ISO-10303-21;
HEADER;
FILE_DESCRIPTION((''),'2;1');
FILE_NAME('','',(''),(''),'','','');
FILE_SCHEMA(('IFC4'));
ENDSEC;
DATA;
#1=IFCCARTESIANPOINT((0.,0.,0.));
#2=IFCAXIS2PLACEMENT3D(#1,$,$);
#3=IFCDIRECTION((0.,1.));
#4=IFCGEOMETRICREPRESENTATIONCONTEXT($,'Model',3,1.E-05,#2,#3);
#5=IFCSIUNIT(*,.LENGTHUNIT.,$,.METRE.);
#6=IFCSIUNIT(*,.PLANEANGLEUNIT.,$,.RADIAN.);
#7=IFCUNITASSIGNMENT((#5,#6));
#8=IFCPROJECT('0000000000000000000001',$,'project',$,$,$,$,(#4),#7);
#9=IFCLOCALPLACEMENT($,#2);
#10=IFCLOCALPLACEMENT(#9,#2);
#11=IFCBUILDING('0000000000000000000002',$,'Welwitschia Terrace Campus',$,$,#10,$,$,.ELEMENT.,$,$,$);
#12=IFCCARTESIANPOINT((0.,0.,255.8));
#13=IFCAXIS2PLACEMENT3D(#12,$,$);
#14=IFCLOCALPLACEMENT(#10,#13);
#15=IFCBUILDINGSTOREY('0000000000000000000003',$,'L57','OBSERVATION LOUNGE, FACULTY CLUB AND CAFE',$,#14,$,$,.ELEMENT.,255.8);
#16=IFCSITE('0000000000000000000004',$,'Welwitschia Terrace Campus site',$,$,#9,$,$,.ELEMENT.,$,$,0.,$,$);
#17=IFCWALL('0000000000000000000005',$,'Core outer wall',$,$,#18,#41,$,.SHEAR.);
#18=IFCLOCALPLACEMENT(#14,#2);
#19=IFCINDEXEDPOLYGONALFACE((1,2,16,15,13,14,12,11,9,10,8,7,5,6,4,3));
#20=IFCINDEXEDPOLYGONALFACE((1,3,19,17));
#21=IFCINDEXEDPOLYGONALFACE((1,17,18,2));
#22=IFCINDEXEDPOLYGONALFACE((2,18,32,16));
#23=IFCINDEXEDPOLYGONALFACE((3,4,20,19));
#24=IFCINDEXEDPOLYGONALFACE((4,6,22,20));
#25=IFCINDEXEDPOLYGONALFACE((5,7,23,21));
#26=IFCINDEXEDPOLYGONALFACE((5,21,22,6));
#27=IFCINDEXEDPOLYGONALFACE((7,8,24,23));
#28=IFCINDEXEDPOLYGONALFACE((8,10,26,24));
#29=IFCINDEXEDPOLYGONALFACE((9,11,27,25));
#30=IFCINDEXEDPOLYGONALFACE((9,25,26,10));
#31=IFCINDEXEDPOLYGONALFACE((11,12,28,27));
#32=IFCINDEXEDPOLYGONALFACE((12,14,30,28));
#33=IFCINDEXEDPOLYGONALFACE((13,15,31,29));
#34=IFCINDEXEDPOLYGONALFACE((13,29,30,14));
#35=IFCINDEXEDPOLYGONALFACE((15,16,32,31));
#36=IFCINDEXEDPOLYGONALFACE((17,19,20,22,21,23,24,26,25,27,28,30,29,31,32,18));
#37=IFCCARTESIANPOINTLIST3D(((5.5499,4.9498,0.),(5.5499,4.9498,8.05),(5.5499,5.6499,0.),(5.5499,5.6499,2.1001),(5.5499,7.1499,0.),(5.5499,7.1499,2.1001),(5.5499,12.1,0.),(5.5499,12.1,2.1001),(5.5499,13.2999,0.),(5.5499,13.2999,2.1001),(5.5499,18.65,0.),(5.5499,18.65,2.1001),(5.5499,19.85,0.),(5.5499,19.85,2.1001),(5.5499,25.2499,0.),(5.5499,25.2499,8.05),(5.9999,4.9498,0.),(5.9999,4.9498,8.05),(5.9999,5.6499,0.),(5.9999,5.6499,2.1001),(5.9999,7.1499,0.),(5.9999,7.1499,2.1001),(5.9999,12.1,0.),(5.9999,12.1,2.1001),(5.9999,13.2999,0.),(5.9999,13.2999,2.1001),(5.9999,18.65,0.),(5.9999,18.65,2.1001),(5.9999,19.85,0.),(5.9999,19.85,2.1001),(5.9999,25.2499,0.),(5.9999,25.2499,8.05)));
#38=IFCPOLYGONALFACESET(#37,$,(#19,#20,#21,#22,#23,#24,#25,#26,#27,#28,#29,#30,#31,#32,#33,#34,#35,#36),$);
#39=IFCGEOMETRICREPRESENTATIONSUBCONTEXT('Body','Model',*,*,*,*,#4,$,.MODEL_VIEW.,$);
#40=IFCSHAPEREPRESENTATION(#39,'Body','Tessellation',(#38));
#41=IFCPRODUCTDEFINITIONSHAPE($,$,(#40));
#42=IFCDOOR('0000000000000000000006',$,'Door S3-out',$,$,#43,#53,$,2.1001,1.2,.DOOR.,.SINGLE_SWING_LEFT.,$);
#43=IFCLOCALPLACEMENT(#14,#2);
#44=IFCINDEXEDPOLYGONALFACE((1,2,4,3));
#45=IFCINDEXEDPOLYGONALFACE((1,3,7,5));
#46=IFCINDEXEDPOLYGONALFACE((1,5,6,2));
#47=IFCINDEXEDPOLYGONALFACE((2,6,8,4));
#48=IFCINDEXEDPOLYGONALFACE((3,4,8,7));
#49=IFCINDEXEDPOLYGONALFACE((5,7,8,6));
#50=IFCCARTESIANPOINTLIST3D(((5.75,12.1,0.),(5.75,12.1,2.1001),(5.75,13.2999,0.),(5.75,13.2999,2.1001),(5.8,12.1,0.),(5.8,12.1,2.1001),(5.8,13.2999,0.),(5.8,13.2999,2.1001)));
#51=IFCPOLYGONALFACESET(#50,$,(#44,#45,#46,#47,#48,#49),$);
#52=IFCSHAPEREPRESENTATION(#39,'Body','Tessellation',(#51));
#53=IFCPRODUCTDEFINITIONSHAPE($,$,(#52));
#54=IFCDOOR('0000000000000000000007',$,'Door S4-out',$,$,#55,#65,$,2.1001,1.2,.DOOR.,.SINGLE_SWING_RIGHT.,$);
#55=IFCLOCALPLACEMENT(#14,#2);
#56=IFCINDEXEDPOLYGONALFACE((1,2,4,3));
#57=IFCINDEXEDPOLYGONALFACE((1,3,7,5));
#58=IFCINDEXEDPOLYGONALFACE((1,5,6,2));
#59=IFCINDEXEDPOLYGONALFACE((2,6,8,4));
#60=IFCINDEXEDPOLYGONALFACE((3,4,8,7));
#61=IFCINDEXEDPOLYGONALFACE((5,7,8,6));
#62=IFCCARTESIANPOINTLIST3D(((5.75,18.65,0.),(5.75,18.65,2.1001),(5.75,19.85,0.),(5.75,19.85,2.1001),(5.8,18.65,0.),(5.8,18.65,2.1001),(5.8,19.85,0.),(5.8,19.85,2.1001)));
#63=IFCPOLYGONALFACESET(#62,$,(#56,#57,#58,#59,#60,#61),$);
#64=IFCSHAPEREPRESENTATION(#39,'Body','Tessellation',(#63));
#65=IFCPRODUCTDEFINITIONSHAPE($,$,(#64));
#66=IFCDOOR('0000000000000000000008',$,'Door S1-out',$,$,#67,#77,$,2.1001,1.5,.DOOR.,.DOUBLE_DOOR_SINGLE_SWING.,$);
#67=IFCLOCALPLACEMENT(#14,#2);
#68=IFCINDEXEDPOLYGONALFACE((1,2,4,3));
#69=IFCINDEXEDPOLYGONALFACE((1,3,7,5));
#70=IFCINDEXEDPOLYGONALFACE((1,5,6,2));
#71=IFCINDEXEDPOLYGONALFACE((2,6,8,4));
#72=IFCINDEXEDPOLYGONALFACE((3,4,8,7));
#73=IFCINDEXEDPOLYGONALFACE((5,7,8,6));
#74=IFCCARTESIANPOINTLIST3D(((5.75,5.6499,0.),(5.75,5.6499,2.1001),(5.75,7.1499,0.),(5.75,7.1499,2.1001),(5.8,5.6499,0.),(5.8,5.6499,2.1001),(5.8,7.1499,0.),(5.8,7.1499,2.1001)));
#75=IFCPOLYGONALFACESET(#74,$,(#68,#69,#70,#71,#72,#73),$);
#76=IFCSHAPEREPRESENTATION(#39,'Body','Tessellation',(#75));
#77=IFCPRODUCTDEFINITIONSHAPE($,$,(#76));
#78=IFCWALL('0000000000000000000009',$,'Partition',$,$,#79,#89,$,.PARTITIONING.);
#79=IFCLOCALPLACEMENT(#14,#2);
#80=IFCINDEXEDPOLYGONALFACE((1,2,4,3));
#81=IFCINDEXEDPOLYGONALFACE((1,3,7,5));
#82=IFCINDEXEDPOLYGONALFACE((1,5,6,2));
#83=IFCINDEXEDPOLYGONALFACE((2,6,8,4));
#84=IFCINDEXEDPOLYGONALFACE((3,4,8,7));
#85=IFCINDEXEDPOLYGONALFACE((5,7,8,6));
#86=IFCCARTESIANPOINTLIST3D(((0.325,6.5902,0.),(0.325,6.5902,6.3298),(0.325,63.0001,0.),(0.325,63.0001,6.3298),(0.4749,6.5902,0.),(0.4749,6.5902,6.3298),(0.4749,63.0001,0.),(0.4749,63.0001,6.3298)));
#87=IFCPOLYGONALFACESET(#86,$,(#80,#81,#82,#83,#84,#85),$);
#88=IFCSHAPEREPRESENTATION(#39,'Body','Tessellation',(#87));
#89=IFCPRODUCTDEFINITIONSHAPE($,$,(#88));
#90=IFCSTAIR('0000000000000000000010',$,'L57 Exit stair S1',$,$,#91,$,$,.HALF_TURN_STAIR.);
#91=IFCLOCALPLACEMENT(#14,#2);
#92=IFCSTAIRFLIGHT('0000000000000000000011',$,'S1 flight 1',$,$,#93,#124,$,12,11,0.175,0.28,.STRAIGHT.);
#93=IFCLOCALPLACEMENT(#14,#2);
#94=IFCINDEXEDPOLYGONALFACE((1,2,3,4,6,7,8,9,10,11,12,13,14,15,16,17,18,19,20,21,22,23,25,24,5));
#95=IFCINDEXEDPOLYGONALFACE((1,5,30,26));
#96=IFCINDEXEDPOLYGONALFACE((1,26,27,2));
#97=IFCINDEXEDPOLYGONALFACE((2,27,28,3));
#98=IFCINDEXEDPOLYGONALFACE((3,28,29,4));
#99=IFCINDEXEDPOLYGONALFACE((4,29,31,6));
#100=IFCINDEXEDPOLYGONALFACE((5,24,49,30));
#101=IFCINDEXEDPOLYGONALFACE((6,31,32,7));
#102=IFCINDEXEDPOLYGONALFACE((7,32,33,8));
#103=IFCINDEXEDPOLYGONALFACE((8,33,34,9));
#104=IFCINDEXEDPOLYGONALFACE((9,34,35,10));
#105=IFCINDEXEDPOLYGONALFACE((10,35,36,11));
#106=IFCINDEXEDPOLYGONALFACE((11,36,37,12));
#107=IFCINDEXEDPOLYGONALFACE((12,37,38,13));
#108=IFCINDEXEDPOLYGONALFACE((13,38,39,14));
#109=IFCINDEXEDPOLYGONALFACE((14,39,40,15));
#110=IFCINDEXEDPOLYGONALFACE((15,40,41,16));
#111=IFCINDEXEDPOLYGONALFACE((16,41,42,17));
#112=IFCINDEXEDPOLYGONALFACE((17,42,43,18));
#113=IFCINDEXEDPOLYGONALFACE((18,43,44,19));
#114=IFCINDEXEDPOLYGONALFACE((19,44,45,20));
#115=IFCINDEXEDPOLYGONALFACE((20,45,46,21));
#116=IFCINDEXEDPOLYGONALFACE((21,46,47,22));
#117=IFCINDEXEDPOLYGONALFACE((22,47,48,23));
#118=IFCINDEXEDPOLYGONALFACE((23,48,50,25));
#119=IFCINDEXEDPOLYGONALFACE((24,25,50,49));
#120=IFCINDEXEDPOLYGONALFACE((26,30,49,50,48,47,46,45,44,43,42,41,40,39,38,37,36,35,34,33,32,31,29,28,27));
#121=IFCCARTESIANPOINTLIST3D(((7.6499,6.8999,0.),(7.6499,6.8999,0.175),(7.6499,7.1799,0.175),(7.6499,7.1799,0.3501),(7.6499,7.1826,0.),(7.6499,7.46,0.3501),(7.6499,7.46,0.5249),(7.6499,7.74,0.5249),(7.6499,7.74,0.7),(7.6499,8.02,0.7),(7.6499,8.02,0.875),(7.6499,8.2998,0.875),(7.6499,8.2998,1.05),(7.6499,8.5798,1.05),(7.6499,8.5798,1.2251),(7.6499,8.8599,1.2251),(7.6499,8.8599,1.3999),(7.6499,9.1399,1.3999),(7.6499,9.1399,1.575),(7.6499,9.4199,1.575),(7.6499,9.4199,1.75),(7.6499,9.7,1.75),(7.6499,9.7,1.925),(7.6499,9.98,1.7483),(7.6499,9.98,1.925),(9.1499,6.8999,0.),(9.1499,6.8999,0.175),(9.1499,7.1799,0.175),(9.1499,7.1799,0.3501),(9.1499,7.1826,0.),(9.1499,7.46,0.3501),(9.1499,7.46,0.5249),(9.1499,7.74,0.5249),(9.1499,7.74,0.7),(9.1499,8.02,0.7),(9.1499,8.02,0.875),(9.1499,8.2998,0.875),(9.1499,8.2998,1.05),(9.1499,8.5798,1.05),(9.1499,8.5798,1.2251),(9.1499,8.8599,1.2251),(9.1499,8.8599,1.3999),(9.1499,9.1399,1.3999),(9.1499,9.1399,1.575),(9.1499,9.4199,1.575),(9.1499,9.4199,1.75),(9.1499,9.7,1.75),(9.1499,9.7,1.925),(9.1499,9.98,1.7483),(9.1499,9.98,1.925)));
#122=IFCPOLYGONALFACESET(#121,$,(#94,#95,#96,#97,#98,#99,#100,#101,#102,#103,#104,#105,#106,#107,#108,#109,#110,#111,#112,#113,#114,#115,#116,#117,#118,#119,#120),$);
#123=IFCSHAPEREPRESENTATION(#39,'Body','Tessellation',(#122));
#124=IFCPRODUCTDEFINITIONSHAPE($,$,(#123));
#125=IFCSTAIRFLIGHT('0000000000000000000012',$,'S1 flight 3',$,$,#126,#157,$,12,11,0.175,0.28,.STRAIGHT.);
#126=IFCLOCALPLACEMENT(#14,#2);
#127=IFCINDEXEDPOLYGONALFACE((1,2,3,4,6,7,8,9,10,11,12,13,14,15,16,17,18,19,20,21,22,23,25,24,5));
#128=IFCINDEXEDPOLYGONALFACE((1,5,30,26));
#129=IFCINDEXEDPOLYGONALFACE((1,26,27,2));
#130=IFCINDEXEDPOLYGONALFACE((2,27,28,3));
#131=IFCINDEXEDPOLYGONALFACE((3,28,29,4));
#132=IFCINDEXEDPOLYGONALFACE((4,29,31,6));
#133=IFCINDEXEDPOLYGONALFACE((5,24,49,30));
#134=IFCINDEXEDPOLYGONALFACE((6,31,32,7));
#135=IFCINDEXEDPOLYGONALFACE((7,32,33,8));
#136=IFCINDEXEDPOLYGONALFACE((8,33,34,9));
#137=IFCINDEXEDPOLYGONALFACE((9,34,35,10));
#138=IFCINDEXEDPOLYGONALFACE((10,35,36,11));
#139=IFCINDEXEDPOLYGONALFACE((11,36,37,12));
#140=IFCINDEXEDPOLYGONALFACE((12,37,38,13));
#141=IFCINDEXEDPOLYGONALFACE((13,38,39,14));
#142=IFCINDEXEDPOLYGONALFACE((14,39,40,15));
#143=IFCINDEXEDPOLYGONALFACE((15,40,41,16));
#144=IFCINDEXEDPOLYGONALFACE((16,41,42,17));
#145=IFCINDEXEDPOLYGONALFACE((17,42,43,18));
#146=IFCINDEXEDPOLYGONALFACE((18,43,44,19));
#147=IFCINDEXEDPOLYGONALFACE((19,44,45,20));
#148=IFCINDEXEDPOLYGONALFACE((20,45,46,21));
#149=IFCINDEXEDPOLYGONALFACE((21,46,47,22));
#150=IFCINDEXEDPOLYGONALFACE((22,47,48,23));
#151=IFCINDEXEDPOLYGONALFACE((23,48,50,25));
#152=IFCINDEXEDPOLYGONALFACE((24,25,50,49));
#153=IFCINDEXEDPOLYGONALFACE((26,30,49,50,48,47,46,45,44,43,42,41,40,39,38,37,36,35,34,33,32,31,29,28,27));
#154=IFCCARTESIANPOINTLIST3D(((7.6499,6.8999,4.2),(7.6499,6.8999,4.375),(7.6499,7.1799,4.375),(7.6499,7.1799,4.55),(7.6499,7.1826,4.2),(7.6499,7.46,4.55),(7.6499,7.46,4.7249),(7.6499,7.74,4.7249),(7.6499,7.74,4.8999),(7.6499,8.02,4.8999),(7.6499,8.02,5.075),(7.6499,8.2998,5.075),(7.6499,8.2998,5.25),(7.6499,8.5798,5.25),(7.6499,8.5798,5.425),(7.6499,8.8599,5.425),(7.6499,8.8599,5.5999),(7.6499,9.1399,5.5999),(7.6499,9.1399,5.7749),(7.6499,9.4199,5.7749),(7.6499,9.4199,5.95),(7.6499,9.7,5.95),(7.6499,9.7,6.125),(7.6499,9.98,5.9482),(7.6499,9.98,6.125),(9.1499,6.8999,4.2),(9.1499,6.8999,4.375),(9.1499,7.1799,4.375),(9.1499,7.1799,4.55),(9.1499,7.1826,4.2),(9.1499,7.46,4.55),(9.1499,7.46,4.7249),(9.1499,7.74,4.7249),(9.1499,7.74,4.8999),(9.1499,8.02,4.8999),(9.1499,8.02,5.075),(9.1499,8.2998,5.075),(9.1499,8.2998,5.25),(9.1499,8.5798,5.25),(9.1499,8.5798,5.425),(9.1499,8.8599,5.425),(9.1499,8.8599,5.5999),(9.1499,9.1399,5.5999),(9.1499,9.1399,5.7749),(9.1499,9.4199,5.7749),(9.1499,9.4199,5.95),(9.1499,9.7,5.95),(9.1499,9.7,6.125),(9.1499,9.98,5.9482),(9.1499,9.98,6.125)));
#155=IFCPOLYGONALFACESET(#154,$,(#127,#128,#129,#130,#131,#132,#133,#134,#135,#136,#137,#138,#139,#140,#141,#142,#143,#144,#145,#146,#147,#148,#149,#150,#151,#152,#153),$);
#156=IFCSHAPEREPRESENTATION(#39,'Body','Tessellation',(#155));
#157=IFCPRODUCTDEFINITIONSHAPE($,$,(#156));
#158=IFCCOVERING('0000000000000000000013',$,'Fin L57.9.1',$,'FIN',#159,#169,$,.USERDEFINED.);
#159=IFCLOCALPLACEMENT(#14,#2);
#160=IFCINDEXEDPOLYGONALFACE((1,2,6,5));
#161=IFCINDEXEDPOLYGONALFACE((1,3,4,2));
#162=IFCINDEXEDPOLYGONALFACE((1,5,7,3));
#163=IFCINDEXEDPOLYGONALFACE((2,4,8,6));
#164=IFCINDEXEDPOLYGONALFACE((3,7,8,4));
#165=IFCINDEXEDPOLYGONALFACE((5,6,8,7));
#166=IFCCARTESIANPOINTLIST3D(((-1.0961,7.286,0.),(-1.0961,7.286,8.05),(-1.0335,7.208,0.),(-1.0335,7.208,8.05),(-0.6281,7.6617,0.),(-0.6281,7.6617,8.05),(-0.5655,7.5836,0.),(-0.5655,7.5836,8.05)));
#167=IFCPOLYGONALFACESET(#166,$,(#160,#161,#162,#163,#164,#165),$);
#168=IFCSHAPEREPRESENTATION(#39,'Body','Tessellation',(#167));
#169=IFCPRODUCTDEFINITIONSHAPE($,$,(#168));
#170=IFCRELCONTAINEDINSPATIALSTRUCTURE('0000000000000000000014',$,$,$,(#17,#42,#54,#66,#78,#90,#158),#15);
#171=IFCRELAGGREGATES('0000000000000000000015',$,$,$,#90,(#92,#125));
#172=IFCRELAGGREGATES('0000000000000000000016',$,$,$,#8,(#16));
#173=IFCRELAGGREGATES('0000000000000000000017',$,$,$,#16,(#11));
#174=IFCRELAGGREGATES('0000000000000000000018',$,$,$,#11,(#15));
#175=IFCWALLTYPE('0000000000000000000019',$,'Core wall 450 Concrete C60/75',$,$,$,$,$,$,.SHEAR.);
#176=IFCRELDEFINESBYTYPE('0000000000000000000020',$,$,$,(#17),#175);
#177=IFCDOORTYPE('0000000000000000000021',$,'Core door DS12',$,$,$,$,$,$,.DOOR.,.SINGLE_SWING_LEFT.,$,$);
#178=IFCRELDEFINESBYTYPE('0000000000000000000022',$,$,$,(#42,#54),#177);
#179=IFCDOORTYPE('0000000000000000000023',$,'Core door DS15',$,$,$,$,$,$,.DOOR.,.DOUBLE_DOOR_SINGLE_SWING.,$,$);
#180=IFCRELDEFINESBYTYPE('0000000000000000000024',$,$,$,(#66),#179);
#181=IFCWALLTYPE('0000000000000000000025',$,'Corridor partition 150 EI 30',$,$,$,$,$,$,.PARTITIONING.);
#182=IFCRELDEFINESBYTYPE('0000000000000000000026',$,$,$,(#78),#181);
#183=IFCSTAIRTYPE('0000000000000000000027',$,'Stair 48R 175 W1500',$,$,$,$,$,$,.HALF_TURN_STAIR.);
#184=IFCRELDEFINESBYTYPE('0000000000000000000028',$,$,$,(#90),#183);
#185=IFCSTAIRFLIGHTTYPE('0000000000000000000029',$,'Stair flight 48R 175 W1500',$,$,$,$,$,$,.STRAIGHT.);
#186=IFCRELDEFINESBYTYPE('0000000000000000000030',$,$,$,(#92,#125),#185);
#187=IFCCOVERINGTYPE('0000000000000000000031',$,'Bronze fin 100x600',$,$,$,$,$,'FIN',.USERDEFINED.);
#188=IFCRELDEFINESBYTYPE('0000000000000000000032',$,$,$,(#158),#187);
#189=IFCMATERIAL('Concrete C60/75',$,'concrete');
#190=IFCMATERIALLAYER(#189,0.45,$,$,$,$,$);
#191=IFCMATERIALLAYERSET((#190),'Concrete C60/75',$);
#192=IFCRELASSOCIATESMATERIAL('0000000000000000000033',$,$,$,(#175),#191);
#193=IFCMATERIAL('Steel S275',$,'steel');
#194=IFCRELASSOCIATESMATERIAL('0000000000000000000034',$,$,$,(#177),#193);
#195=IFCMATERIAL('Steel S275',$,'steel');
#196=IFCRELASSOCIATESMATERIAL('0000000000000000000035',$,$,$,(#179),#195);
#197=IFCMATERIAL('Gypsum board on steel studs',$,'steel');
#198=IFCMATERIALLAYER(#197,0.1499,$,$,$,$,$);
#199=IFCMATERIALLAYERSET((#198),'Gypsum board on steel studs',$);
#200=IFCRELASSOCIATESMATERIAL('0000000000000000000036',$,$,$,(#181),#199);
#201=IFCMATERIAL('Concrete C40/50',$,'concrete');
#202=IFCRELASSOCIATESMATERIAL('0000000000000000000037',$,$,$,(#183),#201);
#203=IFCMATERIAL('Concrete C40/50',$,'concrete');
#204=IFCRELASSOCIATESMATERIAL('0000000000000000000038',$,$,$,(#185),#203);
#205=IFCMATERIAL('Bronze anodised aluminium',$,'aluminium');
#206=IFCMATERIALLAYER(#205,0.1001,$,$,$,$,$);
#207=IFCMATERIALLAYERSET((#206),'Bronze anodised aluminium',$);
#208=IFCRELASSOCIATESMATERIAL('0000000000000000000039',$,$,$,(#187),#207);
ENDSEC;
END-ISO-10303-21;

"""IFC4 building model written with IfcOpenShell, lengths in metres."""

from ifc_helpers import new_model, si_unit, direction, frame, frame_2d, origin, origin_2d, place, context, subcontext, project, spatial, polyline, rectangle, outline, extrude, material, layer, layer_set, type_object, element, fill, aggregate, save


model = new_model("IFC4")

# Units and contexts
model_context = context("Model", 3, precision=1e-05, world=origin(), true_north=direction((0.0, 1.0)))
body_context = subcontext(model_context, "Body", "Model", "MODEL_VIEW")
ifc_project = project(units=[si_unit("LENGTHUNIT", "METRE"), si_unit("PLANEANGLEUNIT", "RADIAN")], contexts=[model_context])

# Site, building, storey
site_placement = place(None, origin())
site = spatial("IfcSite", under=ifc_project, at=site_placement, Name="Welwitschia Terrace Campus site", CompositionType="ELEMENT", RefElevation=0.0)
building_placement = place(site_placement, origin())
building = spatial("IfcBuilding", under=site, at=building_placement, Name="Welwitschia Terrace Campus", CompositionType="ELEMENT")
storey_placement = place(building_placement, frame((0.0, 0.0, 255.8)))
storey = spatial("IfcBuildingStorey", under=building, at=storey_placement, Name="L57", Description="OBSERVATION LOUNGE, FACULTY CLUB AND CAFE", CompositionType="ELEMENT", Elevation=255.8)

# Wall, openings, doors
ifc_material_1 = material(Name="Concrete C60/75", Category="concrete")
ifc_layer_1 = layer(ifc_material_1, 0.45)
ifc_layer_set_1 = layer_set([ifc_layer_1], Name="Concrete C60/75")
wall_type_1 = type_object("IfcWallType", Name="Core wall 450 Concrete C60/75", PredefinedType="SHEAR", material=ifc_layer_set_1)
wall_1_placement = place(storey_placement, frame((5.7749, 4.95, 0.0), z_axis=(0.0, 0.0, 1.0), x_axis=(0.0, 1.0, 0.0)))
wall_1 = element("IfcWall", 1, at=wall_1_placement, inside=storey, type_object=wall_type_1, Name="Core outer wall", PredefinedType="SHEAR", context=body_context, shape_type="SweptSolid", body=[
    extrude(rectangle(XDim=20.3, YDim=0.45, at=frame_2d((10.1499, 0.0))), origin(), (0.0, 0.0, 1.0), 8.05),
])
opening_1_placement = place(wall_1_placement, frame((0.7, 0.0, 0.0)))
opening_1 = element("IfcOpeningElement", 2, at=opening_1_placement, cuts=wall_1, PredefinedType="OPENING", context=body_context, shape_type="SweptSolid", body=[
    extrude(rectangle(XDim=1.5, YDim=2.1001, at=frame_2d((0.75, 1.05))), frame((0.0, 0.2349, 0.0), z_axis=(0.0, -1.0, 0.0), x_axis=(1.0, 0.0, 0.0)), (0.0, 0.0, 1.0), 0.47),
])
opening_2_placement = place(wall_1_placement, frame((7.1499, 0.0, 0.0)))
opening_2 = element("IfcOpeningElement", 3, at=opening_2_placement, cuts=wall_1, PredefinedType="OPENING", context=body_context, shape_type="SweptSolid", body=[
    extrude(rectangle(XDim=1.2, YDim=2.1001, at=frame_2d((0.6001, 1.05))), frame((0.0, 0.2349, 0.0), z_axis=(0.0, -1.0, 0.0), x_axis=(1.0, 0.0, 0.0)), (0.0, 0.0, 1.0), 0.47),
])
opening_3_placement = place(wall_1_placement, frame((13.7, 0.0, 0.0)))
opening_3 = element("IfcOpeningElement", 4, at=opening_3_placement, cuts=wall_1, PredefinedType="OPENING", context=body_context, shape_type="SweptSolid", body=[
    extrude(rectangle(XDim=1.2, YDim=2.1001, at=frame_2d((0.6001, 1.05))), frame((0.0, 0.2349, 0.0), z_axis=(0.0, -1.0, 0.0), x_axis=(1.0, 0.0, 0.0)), (0.0, 0.0, 1.0), 0.47),
])
ifc_material_2 = material(Name="Steel S275", Category="steel")
door_type_1 = type_object("IfcDoorType", Name="Core door DS12", OperationType="SINGLE_SWING_LEFT", PredefinedType="DOOR", material=ifc_material_2)
door_1_placement = place(opening_2_placement, origin())
door_1 = element("IfcDoor", 5, at=door_1_placement, inside=storey, type_object=door_type_1, Name="Door S3-out", OperationType="SINGLE_SWING_LEFT", OverallHeight=2.1001, OverallWidth=1.2, PredefinedType="DOOR", context=body_context, shape_type="SweptSolid", body=[
    extrude(rectangle(XDim=1.2, YDim=2.1001, at=frame_2d((0.6001, 1.05))), frame((0.0, 0.0249, 0.0), z_axis=(0.0, -1.0, 0.0), x_axis=(1.0, 0.0, 0.0)), (0.0, 0.0, 1.0), 0.05),
])
fill(opening_2, door_1)
door_2_placement = place(opening_3_placement, origin())
door_2 = element("IfcDoor", 6, at=door_2_placement, inside=storey, type_object=door_type_1, Name="Door S4-out", OperationType="SINGLE_SWING_RIGHT", OverallHeight=2.1001, OverallWidth=1.2, PredefinedType="DOOR", context=body_context, shape_type="SweptSolid", body=[
    extrude(rectangle(XDim=1.2, YDim=2.1001, at=frame_2d((0.6001, 1.05))), frame((0.0, 0.0249, 0.0), z_axis=(0.0, -1.0, 0.0), x_axis=(1.0, 0.0, 0.0)), (0.0, 0.0, 1.0), 0.05),
])
fill(opening_3, door_2)
ifc_material_3 = material(Name="Steel S275", Category="steel")
door_type_2 = type_object("IfcDoorType", Name="Core door DS15", OperationType="DOUBLE_DOOR_SINGLE_SWING", PredefinedType="DOOR", material=ifc_material_3)
door_3_placement = place(opening_1_placement, origin())
door_3 = element("IfcDoor", 7, at=door_3_placement, inside=storey, type_object=door_type_2, Name="Door S1-out", OperationType="DOUBLE_DOOR_SINGLE_SWING", OverallHeight=2.1001, OverallWidth=1.5, PredefinedType="DOOR", context=body_context, shape_type="SweptSolid", body=[
    extrude(rectangle(XDim=1.5, YDim=2.1001, at=frame_2d((0.75, 1.05))), frame((0.0, 0.0249, 0.0), z_axis=(0.0, -1.0, 0.0), x_axis=(1.0, 0.0, 0.0)), (0.0, 0.0, 1.0), 0.05),
])
fill(opening_1, door_3)

# Wall
ifc_material_4 = material(Name="Gypsum board on steel studs", Category="steel")
ifc_layer_2 = layer(ifc_material_4, 0.1499)
ifc_layer_set_2 = layer_set([ifc_layer_2], Name="Gypsum board on steel studs")
wall_type_2 = type_object("IfcWallType", Name="Corridor partition 150 EI 30", PredefinedType="PARTITIONING", material=ifc_layer_set_2)
wall_2_placement = place(storey_placement, frame((0.3999, 6.5901, 0.0), z_axis=(0.0, 0.0, 1.0), x_axis=(0.0, 1.0, 0.0)))
element("IfcWall", 8, at=wall_2_placement, inside=storey, type_object=wall_type_2, Name="Partition", PredefinedType="PARTITIONING", context=body_context, shape_type="SweptSolid", body=[
    extrude(rectangle(XDim=56.4099, YDim=0.1499, at=frame_2d((28.2051, 0.0))), origin(), (0.0, 0.0, 1.0), 6.3298),
])

# Stair, stair flights
ifc_material_5 = material(Name="Concrete C40/50", Category="concrete")
stair_type = type_object("IfcStairType", Name="Stair 48R 175 W1500", PredefinedType="HALF_TURN_STAIR", material=ifc_material_5)
stair_placement = place(storey_placement, origin())
stair = element("IfcStair", 9, at=stair_placement, inside=storey, type_object=stair_type, Name="L57 Exit stair S1", PredefinedType="HALF_TURN_STAIR")
ifc_material_6 = material(Name="Concrete C40/50", Category="concrete")
stair_flight_type = type_object("IfcStairFlightType", Name="Stair flight 48R 175 W1500", PredefinedType="STRAIGHT", material=ifc_material_6)
stair_flight_1_placement = place(storey_placement, frame((8.3999, 6.8999, 0.0), z_axis=(0.0, 0.0, 1.0), x_axis=(0.0, 1.0, 0.0)))
stair_flight_1 = element("IfcStairFlight", 10, at=stair_flight_1_placement, type_object=stair_flight_type, Name="S1 flight 1", NumberOfRisers=12, NumberOfTreads=11, PredefinedType="STRAIGHT", RiserHeight=0.175, TreadLength=0.28, context=body_context, shape_type="SweptSolid", body=[
    extrude(outline(polyline([(0.0, 0.0), (0.0, 0.175), (0.28, 0.175), (0.28, 0.3501), (0.5601, 0.3501), (0.5601, 0.5249), (0.8401, 0.5249), (0.8401, 0.7), (1.1201, 0.7), (1.1201, 0.875), (1.3999, 0.875), (1.3999, 1.05), (1.6799, 1.05), (1.6799, 1.2251), (1.96, 1.2251), (1.96, 1.3999), (2.24, 1.3999), (2.24, 1.575), (2.52, 1.575), (2.52, 1.75), (2.8, 1.75), (2.8, 1.925), (3.0801, 1.925), (3.0801, 2.1001), (3.0801, 1.7483), (0.2827, 0.0), (0.0, 0.0)])), frame((0.0, 0.75, 0.0), z_axis=(0.0, -1.0, 0.0), x_axis=(1.0, 0.0, 0.0)), (0.0, 0.0, 1.0), 1.5),
])
stair_flight_2_placement = place(storey_placement, frame((8.3999, 6.8999, 4.2), z_axis=(0.0, 0.0, 1.0), x_axis=(0.0, 1.0, 0.0)))
stair_flight_2 = element("IfcStairFlight", 11, at=stair_flight_2_placement, type_object=stair_flight_type, Name="S1 flight 3", NumberOfRisers=12, NumberOfTreads=11, PredefinedType="STRAIGHT", RiserHeight=0.175, TreadLength=0.28, context=body_context, shape_type="SweptSolid", body=[
    extrude(outline(polyline([(0.0, 0.0), (0.0, 0.175), (0.28, 0.175), (0.28, 0.3501), (0.5601, 0.3501), (0.5601, 0.5249), (0.8401, 0.5249), (0.8401, 0.7), (1.1201, 0.7), (1.1201, 0.875), (1.3999, 0.875), (1.3999, 1.05), (1.6799, 1.05), (1.6799, 1.2251), (1.96, 1.2251), (1.96, 1.3999), (2.24, 1.3999), (2.24, 1.575), (2.52, 1.575), (2.52, 1.75), (2.8, 1.75), (2.8, 1.925), (3.0801, 1.925), (3.0801, 2.1001), (3.0801, 1.7483), (0.2827, 0.0), (0.0, 0.0)])), frame((0.0, 0.75, 0.0), z_axis=(0.0, -1.0, 0.0), x_axis=(1.0, 0.0, 0.0)), (0.0, 0.0, 1.0), 1.5),
])
aggregate(stair, [stair_flight_1, stair_flight_2])

# Covering
ifc_material_7 = material(Name="Bronze anodised aluminium", Category="aluminium")
ifc_layer_3 = layer(ifc_material_7, 0.1001)
ifc_layer_set_3 = layer_set([ifc_layer_3], Name="Bronze anodised aluminium")
covering_type = type_object("IfcCoveringType", Name="Bronze fin 100x600", ElementType="FIN", PredefinedType="USERDEFINED", material=ifc_layer_set_3)
covering_placement = place(storey_placement, frame((-0.8308, 7.4348, 0.0), z_axis=(0.0, 0.0, 1.0), x_axis=(0.625923, -0.779884, 0.0)))
element("IfcCovering", 12, at=covering_placement, inside=storey, type_object=covering_type, Name="Fin L57.9.1", ObjectType="FIN", PredefinedType="USERDEFINED", context=body_context, shape_type="SweptSolid", body=[
    extrude(rectangle(XDim=0.1001, YDim=0.6001, at=origin_2d()), origin(), (0.0, 0.0, 1.0), 8.05),
])

save(model, "model.ifc")
